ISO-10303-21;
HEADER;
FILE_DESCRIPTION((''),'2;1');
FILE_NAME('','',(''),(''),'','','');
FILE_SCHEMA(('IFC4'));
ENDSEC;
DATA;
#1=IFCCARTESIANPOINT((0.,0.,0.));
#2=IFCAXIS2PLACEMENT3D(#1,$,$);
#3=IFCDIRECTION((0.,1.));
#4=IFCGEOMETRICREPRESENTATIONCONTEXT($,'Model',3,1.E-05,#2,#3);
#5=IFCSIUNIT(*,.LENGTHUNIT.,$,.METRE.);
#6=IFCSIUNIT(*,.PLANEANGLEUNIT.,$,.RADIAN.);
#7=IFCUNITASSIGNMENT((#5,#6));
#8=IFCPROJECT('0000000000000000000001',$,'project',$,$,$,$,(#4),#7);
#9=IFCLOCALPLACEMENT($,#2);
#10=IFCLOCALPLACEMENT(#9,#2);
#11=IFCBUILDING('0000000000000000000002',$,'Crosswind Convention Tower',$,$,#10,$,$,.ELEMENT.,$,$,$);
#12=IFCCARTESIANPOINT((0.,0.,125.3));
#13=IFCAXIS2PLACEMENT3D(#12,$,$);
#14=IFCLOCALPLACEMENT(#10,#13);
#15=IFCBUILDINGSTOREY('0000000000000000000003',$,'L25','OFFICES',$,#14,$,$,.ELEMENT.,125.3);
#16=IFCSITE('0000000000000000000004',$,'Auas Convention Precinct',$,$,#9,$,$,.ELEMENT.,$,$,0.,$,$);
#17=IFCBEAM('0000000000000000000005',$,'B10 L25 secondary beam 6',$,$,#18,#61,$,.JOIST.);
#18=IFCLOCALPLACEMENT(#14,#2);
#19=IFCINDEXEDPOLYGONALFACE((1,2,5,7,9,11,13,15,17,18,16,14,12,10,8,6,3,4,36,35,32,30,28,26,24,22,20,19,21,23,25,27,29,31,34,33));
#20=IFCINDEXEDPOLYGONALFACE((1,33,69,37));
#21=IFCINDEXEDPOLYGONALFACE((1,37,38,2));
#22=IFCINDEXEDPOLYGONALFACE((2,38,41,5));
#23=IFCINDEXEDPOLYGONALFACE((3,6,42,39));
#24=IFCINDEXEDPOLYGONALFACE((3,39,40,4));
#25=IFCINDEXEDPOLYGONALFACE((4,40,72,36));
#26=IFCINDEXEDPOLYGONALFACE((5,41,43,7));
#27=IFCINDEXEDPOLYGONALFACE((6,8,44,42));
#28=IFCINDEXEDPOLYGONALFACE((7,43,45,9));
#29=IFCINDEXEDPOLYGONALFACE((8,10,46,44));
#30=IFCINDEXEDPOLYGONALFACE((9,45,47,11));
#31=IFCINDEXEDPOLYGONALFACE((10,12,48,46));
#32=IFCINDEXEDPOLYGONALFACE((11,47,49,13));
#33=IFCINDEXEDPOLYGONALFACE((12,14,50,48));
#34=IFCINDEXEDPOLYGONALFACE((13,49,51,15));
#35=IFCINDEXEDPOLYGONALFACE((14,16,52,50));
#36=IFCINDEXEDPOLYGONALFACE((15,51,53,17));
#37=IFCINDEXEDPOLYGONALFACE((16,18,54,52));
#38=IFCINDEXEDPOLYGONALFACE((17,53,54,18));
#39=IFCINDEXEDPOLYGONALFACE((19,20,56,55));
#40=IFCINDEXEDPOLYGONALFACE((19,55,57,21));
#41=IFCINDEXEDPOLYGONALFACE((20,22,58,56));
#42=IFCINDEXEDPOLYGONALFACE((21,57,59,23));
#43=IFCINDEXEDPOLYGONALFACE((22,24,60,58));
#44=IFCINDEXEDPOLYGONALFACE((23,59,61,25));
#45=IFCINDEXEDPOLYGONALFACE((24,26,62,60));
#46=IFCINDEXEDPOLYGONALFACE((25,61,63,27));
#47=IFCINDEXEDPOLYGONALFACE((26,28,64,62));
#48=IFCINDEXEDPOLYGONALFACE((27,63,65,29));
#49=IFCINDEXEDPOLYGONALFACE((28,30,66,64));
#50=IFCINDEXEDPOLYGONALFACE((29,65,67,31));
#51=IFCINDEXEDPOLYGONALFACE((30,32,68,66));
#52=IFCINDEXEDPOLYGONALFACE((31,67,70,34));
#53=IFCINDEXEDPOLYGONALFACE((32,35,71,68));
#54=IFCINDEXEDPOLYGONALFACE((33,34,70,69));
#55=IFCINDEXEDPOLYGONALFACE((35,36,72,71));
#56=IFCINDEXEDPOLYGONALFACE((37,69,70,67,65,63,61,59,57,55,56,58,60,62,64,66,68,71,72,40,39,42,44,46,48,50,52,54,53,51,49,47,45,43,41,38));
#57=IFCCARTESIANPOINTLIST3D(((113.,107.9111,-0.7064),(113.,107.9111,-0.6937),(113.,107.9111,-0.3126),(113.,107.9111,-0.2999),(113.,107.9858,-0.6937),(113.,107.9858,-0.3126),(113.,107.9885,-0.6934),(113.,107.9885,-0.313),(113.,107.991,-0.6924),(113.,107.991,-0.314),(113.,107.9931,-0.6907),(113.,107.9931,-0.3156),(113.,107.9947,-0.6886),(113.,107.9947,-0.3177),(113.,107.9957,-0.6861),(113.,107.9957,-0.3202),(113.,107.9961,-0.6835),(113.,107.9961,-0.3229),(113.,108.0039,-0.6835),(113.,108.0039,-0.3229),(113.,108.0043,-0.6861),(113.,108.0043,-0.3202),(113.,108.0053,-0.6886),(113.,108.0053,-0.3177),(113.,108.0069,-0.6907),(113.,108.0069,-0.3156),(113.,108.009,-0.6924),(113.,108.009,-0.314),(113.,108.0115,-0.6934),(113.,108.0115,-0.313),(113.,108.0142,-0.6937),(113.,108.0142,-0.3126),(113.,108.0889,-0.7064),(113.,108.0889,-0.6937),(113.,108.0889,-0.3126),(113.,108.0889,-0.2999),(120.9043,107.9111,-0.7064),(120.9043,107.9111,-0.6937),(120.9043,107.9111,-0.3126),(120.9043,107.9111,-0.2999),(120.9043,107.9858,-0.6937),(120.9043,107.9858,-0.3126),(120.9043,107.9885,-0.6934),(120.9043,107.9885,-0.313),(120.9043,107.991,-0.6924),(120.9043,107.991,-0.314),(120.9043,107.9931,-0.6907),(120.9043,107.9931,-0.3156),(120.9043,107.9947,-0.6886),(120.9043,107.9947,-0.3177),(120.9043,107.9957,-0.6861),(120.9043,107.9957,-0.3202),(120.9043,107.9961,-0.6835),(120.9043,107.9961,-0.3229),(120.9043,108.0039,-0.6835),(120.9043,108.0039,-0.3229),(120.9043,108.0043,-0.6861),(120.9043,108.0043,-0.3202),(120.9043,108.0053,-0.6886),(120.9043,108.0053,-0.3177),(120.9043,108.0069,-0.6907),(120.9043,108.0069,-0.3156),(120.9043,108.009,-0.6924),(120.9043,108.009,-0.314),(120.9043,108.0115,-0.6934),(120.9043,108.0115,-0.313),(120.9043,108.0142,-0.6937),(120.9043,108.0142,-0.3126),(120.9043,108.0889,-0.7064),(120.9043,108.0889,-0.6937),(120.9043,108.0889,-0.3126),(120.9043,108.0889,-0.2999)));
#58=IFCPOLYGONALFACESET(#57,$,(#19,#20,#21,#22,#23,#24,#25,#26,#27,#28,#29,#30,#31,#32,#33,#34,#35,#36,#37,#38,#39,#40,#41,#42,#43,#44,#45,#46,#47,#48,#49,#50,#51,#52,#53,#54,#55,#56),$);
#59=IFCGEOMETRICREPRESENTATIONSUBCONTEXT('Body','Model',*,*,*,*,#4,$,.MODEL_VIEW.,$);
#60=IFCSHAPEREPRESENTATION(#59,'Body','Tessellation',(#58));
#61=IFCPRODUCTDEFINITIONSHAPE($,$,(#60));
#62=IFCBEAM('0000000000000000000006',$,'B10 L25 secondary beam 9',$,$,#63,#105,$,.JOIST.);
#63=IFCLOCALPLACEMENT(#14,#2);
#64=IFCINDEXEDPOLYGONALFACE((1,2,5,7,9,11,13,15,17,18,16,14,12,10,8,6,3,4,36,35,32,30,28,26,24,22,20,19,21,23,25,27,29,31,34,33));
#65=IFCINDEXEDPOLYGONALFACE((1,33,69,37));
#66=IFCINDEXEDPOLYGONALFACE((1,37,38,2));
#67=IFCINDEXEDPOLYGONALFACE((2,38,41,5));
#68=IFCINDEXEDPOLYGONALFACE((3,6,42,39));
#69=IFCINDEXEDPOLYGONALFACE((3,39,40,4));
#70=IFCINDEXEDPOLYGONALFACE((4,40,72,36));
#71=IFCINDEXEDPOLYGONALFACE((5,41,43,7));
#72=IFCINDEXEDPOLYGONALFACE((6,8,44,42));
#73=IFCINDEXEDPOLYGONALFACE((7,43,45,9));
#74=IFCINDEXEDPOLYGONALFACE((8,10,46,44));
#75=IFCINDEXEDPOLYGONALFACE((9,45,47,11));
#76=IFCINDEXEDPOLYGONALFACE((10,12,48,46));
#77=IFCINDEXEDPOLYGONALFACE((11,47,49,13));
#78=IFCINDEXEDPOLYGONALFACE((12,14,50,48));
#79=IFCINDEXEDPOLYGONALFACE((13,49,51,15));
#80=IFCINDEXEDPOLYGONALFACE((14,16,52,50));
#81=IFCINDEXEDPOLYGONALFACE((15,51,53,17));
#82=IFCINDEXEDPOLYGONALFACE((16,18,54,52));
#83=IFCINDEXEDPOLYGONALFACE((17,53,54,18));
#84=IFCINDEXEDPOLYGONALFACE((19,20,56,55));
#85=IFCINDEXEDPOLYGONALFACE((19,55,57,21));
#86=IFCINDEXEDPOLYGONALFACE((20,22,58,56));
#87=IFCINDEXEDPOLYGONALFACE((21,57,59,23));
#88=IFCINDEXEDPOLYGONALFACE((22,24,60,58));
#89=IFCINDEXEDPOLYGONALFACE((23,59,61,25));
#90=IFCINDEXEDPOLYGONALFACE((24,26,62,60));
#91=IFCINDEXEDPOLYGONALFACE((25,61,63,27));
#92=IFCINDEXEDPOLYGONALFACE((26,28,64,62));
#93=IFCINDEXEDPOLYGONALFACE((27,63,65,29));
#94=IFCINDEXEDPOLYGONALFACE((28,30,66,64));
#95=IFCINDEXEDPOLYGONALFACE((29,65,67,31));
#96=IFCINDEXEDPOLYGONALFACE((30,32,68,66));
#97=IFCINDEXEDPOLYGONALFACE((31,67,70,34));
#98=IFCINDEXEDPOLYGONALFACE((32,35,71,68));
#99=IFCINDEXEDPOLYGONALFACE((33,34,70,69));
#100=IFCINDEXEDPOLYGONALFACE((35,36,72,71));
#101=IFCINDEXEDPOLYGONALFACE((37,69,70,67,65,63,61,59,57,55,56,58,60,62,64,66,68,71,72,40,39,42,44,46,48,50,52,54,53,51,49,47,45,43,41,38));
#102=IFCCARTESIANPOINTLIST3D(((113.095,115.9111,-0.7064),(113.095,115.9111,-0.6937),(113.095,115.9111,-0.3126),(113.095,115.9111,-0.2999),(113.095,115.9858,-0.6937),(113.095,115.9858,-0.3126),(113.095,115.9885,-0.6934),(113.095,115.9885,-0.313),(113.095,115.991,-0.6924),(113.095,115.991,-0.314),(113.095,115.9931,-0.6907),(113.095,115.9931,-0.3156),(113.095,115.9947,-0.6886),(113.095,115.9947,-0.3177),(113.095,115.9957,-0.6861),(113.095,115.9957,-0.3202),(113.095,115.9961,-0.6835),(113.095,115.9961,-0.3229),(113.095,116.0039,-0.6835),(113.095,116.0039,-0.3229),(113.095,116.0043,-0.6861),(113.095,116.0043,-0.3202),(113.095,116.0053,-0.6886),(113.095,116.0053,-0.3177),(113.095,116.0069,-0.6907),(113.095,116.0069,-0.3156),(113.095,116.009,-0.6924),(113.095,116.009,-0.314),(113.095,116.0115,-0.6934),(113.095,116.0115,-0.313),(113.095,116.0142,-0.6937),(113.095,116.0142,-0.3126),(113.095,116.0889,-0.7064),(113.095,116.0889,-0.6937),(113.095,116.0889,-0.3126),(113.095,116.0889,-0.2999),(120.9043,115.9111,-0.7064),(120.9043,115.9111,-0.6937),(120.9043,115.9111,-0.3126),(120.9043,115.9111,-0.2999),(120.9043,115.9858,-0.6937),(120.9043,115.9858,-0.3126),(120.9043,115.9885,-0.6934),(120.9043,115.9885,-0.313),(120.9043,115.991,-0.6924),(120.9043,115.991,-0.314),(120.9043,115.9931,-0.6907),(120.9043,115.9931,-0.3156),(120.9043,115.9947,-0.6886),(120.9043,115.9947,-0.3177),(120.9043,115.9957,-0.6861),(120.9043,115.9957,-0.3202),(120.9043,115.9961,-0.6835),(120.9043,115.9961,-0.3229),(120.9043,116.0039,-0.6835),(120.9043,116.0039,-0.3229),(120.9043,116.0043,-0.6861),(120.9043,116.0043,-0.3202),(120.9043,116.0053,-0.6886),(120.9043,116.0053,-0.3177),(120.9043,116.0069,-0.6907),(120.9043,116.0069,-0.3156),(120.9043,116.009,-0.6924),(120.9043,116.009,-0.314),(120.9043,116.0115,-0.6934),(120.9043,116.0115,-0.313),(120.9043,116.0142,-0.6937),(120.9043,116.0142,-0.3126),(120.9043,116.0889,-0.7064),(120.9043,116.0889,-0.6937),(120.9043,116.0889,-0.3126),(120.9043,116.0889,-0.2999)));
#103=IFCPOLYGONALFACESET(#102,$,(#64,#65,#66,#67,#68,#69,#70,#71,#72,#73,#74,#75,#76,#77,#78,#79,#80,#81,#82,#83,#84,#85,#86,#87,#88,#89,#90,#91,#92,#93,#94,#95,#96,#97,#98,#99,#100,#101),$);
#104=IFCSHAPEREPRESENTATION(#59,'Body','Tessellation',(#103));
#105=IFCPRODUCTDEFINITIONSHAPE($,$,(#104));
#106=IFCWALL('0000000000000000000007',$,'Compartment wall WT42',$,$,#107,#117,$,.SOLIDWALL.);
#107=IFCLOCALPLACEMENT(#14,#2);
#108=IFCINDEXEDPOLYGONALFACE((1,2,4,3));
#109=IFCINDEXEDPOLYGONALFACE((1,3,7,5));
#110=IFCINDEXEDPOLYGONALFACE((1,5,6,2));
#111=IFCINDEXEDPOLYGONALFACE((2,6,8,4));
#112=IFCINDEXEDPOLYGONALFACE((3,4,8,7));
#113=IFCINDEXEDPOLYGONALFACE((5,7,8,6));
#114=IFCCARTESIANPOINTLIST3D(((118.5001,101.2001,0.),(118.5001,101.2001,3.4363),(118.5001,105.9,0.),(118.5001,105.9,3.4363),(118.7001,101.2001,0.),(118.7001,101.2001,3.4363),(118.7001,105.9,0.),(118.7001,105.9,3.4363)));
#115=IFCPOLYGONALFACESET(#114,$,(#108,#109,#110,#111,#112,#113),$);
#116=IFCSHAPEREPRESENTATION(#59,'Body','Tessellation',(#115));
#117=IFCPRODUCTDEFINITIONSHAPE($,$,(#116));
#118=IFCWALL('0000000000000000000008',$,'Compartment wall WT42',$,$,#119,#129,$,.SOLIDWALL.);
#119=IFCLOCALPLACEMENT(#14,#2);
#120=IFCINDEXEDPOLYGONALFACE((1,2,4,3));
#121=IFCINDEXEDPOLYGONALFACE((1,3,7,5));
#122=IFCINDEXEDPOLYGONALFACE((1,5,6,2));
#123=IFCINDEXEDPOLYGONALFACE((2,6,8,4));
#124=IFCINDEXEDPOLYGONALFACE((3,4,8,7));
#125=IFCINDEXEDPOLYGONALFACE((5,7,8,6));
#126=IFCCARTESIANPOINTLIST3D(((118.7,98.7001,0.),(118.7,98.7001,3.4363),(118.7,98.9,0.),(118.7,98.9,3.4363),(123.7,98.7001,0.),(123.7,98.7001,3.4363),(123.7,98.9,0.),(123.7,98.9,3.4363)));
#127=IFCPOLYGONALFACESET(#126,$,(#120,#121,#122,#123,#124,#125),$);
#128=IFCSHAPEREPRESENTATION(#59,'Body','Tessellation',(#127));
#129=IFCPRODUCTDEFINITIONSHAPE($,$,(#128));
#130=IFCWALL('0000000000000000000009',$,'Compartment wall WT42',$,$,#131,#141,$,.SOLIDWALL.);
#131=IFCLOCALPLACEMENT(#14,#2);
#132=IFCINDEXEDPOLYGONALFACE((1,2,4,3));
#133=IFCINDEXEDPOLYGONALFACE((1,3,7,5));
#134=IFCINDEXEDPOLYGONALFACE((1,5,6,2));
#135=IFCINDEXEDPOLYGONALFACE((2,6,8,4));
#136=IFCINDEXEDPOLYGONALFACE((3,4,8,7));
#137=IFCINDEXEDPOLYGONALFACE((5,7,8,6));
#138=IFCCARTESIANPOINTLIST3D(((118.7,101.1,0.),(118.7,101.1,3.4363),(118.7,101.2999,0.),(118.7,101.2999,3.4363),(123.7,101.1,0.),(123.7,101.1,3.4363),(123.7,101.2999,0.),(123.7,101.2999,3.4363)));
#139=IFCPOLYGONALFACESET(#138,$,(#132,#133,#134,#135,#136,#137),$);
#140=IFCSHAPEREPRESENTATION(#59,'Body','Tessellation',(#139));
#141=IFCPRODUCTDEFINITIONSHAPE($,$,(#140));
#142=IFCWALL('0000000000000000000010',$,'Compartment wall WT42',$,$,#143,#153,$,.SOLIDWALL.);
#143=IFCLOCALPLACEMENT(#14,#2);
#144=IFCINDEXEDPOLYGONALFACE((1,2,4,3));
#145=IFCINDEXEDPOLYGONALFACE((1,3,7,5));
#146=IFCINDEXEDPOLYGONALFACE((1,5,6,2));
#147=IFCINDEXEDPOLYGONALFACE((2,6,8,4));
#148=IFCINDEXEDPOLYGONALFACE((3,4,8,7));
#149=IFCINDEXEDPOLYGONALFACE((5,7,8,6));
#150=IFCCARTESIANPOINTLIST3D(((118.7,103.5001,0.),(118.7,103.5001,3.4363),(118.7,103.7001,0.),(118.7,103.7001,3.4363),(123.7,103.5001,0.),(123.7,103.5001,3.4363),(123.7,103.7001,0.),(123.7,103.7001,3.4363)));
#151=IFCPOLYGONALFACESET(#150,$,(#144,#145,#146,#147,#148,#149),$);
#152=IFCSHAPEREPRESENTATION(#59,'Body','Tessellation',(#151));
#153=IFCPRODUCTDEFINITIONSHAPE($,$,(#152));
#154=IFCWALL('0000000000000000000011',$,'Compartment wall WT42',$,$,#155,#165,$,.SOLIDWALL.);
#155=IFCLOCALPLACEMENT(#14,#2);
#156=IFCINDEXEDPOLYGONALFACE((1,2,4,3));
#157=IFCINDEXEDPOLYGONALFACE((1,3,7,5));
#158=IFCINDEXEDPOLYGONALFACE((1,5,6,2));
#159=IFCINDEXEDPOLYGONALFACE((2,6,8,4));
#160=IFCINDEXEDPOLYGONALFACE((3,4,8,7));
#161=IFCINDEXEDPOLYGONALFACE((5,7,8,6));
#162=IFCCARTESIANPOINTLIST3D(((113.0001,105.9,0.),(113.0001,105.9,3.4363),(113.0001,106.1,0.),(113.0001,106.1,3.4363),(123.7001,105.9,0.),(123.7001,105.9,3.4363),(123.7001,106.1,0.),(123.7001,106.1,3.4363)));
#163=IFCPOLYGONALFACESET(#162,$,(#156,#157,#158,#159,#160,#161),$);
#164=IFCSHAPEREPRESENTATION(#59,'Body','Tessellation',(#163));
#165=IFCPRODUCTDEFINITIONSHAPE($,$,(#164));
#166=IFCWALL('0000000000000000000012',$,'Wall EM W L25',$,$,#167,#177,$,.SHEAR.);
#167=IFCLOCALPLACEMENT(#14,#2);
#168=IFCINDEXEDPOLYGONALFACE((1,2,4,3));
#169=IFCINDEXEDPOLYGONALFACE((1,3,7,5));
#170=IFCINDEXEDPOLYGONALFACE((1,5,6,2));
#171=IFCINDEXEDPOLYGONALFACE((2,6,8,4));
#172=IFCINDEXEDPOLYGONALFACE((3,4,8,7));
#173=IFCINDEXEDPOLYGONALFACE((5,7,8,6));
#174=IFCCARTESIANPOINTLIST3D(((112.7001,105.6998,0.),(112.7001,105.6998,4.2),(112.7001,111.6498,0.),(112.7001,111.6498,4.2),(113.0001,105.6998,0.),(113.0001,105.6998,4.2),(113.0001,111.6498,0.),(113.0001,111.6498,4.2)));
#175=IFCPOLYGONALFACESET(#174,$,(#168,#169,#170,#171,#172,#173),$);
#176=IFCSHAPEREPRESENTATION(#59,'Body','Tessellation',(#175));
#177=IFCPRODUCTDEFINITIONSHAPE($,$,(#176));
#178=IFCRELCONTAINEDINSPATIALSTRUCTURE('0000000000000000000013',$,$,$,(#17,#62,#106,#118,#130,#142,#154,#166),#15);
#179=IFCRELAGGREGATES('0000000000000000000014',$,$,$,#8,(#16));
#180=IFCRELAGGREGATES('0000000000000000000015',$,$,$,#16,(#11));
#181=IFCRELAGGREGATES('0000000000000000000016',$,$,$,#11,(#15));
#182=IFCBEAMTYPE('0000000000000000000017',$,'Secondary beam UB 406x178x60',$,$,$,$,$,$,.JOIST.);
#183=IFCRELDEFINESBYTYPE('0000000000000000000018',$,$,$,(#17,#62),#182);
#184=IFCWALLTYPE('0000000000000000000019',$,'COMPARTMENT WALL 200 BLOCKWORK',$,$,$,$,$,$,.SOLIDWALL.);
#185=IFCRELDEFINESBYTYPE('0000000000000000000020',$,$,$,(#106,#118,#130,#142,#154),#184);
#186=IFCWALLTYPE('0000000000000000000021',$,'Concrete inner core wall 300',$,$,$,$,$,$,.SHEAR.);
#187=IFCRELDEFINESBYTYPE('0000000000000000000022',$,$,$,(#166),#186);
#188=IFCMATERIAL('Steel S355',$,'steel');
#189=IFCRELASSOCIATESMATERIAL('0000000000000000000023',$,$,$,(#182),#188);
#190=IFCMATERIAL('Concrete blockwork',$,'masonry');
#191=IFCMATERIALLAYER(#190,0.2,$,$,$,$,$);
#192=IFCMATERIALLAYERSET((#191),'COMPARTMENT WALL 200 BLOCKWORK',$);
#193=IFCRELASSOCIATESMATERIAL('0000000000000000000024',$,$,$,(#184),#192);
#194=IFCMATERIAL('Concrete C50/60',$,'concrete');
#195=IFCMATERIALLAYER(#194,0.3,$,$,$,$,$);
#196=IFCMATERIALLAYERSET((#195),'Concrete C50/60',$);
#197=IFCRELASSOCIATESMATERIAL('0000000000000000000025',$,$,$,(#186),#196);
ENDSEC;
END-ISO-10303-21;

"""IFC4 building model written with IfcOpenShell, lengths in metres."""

from ifc_helpers import new_model, si_unit, direction, frame, frame_2d, origin, origin_2d, place, context, subcontext, project, spatial, rectangle, i_section, extrude, material, layer, layer_set, material_profile, profile_set, type_object, element, save


model = new_model("IFC4")

# Units and contexts
model_context = context("Model", 3, precision=1e-05, world=origin(), true_north=direction((0.0, 1.0)))
body_context = subcontext(model_context, "Body", "Model", "MODEL_VIEW")
ifc_project = project(units=[si_unit("LENGTHUNIT", "METRE"), si_unit("PLANEANGLEUNIT", "RADIAN")], contexts=[model_context])

# Site, building, storey
site_placement = place(None, origin())
site = spatial("IfcSite", under=ifc_project, at=site_placement, Name="Auas Convention Precinct", CompositionType="ELEMENT", RefElevation=0.0)
building_placement = place(site_placement, origin())
building = spatial("IfcBuilding", under=site, at=building_placement, Name="Crosswind Convention Tower", CompositionType="ELEMENT")
storey_placement = place(building_placement, frame((0.0, 0.0, 125.3)))
storey = spatial("IfcBuildingStorey", under=building, at=storey_placement, Name="L25", Description="OFFICES", CompositionType="ELEMENT", Elevation=125.3)

# Shared definitions
ifc_material_1 = material(Name="Steel S355", Category="steel")

# Beams
ifc_material_profile_1 = material_profile(ifc_material_1, i_section(OverallWidth=0.1777, OverallDepth=0.4065, WebThickness=0.0078, FlangeThickness=0.0127, FilletRadius=0.0103, at=origin_2d()), Name="UB 406x178x60")
ifc_profile_set_1 = profile_set([ifc_material_profile_1], Name="Steel S355")
beam_type_1 = type_object("IfcBeamType", Name="Secondary beam UB 406x178x60", PredefinedType="JOIST", material=ifc_profile_set_1)
for number, where, z_axis, x_axis, name in (
    (1, (113.0, 108.0, -0.5032), (1.0, 0.0, 0.0), (0.0, 1.0, 0.0), "B10 L25 secondary beam 6"),
):
    element("IfcBeam", number, at=place(storey_placement, frame(where, z_axis=z_axis, x_axis=x_axis)), inside=storey, type_object=beam_type_1, Name=name, PredefinedType="JOIST", context=body_context, shape_type="SweptSolid", body=[
        extrude(i_section(OverallWidth=0.1777, OverallDepth=0.4065, WebThickness=0.0078, FlangeThickness=0.0127, FilletRadius=0.0103, at=origin_2d()), origin(), (0.0, 0.0, 1.0), 7.9043),
    ])
beam_1_placement = place(storey_placement, frame((113.095, 116.0, -0.5032), z_axis=(1.0, 0.0, 0.0), x_axis=(0.0, 1.0, 0.0)))
element("IfcBeam", 2, at=beam_1_placement, inside=storey, type_object=beam_type_1, Name="B10 L25 secondary beam 9", PredefinedType="JOIST", context=body_context, shape_type="SweptSolid", body=[
    extrude(i_section(OverallWidth=0.1777, OverallDepth=0.4065, WebThickness=0.0078, FlangeThickness=0.0127, FilletRadius=0.0103, at=origin_2d()), origin(), (0.0, 0.0, 1.0), 7.8093),
])

# Walls
ifc_material_2 = material(Name="Concrete blockwork", Category="masonry")
ifc_layer_1 = layer(ifc_material_2, 0.2)
ifc_layer_set_1 = layer_set([ifc_layer_1], Name="COMPARTMENT WALL 200 BLOCKWORK")
wall_type_1 = type_object("IfcWallType", Name="COMPARTMENT WALL 200 BLOCKWORK", PredefinedType="SOLIDWALL", material=ifc_layer_set_1)
wall_1_placement = place(storey_placement, frame((118.6001, 101.2, 0.0), z_axis=(0.0, 0.0, 1.0), x_axis=(0.0, 1.0, 0.0)))
element("IfcWall", 3, at=wall_1_placement, inside=storey, type_object=wall_type_1, Name="Compartment wall WT42", PredefinedType="SOLIDWALL", context=body_context, shape_type="SweptSolid", body=[
    extrude(rectangle(XDim=4.7, YDim=0.2, at=frame_2d((2.3501, 0.0))), origin(), (0.0, 0.0, 1.0), 3.4363),
])
for number, where, z_axis, x_axis, name in (
    (4, (118.7, 98.8, 0.0), (0.0, 0.0, 1.0), (1.0, 0.0, 0.0), "Compartment wall WT42"),
    (5, (118.7, 101.2, 0.0), (0.0, 0.0, 1.0), (1.0, 0.0, 0.0), "Compartment wall WT42"),
    (6, (118.7, 103.6001, 0.0), (0.0, 0.0, 1.0), (1.0, 0.0, 0.0), "Compartment wall WT42"),
):
    element("IfcWall", number, at=place(storey_placement, frame(where, z_axis=z_axis, x_axis=x_axis)), inside=storey, type_object=wall_type_1, Name=name, PredefinedType="SOLIDWALL", context=body_context, shape_type="SweptSolid", body=[
        extrude(rectangle(XDim=5.0, YDim=0.2, at=frame_2d((2.5, 0.0))), origin(), (0.0, 0.0, 1.0), 3.4363),
    ])
wall_2_placement = place(storey_placement, frame((113.0, 106.0, 0.0), z_axis=(0.0, 0.0, 1.0), x_axis=(1.0, 0.0, 0.0)))
element("IfcWall", 7, at=wall_2_placement, inside=storey, type_object=wall_type_1, Name="Compartment wall WT42", PredefinedType="SOLIDWALL", context=body_context, shape_type="SweptSolid", body=[
    extrude(rectangle(XDim=10.7, YDim=0.2, at=frame_2d((5.3501, 0.0))), origin(), (0.0, 0.0, 1.0), 3.4363),
])

# Shared definitions
ifc_material_3 = material(Name="Concrete C50/60", Category="concrete")
ifc_layer_2 = layer(ifc_material_3, 0.3)
ifc_layer_set_2 = layer_set([ifc_layer_2], Name="Concrete C50/60")
wall_type_2 = type_object("IfcWallType", Name="Concrete inner core wall 300", PredefinedType="SHEAR", material=ifc_layer_set_2)

# Wall
wall_3_placement = place(storey_placement, frame((112.8501, 111.6499, 0.0), z_axis=(0.0, 0.0, 1.0), x_axis=(0.0, -1.0, 0.0)))
element("IfcWall", 8, at=wall_3_placement, inside=storey, type_object=wall_type_2, Name="Wall EM W L25", PredefinedType="SHEAR", context=body_context, shape_type="SweptSolid", body=[
    extrude(rectangle(XDim=5.95, YDim=0.3, at=frame_2d((2.9751, 0.0))), origin(), (0.0, 0.0, 1.0), 4.2),
])

save(model, "model.ifc")
